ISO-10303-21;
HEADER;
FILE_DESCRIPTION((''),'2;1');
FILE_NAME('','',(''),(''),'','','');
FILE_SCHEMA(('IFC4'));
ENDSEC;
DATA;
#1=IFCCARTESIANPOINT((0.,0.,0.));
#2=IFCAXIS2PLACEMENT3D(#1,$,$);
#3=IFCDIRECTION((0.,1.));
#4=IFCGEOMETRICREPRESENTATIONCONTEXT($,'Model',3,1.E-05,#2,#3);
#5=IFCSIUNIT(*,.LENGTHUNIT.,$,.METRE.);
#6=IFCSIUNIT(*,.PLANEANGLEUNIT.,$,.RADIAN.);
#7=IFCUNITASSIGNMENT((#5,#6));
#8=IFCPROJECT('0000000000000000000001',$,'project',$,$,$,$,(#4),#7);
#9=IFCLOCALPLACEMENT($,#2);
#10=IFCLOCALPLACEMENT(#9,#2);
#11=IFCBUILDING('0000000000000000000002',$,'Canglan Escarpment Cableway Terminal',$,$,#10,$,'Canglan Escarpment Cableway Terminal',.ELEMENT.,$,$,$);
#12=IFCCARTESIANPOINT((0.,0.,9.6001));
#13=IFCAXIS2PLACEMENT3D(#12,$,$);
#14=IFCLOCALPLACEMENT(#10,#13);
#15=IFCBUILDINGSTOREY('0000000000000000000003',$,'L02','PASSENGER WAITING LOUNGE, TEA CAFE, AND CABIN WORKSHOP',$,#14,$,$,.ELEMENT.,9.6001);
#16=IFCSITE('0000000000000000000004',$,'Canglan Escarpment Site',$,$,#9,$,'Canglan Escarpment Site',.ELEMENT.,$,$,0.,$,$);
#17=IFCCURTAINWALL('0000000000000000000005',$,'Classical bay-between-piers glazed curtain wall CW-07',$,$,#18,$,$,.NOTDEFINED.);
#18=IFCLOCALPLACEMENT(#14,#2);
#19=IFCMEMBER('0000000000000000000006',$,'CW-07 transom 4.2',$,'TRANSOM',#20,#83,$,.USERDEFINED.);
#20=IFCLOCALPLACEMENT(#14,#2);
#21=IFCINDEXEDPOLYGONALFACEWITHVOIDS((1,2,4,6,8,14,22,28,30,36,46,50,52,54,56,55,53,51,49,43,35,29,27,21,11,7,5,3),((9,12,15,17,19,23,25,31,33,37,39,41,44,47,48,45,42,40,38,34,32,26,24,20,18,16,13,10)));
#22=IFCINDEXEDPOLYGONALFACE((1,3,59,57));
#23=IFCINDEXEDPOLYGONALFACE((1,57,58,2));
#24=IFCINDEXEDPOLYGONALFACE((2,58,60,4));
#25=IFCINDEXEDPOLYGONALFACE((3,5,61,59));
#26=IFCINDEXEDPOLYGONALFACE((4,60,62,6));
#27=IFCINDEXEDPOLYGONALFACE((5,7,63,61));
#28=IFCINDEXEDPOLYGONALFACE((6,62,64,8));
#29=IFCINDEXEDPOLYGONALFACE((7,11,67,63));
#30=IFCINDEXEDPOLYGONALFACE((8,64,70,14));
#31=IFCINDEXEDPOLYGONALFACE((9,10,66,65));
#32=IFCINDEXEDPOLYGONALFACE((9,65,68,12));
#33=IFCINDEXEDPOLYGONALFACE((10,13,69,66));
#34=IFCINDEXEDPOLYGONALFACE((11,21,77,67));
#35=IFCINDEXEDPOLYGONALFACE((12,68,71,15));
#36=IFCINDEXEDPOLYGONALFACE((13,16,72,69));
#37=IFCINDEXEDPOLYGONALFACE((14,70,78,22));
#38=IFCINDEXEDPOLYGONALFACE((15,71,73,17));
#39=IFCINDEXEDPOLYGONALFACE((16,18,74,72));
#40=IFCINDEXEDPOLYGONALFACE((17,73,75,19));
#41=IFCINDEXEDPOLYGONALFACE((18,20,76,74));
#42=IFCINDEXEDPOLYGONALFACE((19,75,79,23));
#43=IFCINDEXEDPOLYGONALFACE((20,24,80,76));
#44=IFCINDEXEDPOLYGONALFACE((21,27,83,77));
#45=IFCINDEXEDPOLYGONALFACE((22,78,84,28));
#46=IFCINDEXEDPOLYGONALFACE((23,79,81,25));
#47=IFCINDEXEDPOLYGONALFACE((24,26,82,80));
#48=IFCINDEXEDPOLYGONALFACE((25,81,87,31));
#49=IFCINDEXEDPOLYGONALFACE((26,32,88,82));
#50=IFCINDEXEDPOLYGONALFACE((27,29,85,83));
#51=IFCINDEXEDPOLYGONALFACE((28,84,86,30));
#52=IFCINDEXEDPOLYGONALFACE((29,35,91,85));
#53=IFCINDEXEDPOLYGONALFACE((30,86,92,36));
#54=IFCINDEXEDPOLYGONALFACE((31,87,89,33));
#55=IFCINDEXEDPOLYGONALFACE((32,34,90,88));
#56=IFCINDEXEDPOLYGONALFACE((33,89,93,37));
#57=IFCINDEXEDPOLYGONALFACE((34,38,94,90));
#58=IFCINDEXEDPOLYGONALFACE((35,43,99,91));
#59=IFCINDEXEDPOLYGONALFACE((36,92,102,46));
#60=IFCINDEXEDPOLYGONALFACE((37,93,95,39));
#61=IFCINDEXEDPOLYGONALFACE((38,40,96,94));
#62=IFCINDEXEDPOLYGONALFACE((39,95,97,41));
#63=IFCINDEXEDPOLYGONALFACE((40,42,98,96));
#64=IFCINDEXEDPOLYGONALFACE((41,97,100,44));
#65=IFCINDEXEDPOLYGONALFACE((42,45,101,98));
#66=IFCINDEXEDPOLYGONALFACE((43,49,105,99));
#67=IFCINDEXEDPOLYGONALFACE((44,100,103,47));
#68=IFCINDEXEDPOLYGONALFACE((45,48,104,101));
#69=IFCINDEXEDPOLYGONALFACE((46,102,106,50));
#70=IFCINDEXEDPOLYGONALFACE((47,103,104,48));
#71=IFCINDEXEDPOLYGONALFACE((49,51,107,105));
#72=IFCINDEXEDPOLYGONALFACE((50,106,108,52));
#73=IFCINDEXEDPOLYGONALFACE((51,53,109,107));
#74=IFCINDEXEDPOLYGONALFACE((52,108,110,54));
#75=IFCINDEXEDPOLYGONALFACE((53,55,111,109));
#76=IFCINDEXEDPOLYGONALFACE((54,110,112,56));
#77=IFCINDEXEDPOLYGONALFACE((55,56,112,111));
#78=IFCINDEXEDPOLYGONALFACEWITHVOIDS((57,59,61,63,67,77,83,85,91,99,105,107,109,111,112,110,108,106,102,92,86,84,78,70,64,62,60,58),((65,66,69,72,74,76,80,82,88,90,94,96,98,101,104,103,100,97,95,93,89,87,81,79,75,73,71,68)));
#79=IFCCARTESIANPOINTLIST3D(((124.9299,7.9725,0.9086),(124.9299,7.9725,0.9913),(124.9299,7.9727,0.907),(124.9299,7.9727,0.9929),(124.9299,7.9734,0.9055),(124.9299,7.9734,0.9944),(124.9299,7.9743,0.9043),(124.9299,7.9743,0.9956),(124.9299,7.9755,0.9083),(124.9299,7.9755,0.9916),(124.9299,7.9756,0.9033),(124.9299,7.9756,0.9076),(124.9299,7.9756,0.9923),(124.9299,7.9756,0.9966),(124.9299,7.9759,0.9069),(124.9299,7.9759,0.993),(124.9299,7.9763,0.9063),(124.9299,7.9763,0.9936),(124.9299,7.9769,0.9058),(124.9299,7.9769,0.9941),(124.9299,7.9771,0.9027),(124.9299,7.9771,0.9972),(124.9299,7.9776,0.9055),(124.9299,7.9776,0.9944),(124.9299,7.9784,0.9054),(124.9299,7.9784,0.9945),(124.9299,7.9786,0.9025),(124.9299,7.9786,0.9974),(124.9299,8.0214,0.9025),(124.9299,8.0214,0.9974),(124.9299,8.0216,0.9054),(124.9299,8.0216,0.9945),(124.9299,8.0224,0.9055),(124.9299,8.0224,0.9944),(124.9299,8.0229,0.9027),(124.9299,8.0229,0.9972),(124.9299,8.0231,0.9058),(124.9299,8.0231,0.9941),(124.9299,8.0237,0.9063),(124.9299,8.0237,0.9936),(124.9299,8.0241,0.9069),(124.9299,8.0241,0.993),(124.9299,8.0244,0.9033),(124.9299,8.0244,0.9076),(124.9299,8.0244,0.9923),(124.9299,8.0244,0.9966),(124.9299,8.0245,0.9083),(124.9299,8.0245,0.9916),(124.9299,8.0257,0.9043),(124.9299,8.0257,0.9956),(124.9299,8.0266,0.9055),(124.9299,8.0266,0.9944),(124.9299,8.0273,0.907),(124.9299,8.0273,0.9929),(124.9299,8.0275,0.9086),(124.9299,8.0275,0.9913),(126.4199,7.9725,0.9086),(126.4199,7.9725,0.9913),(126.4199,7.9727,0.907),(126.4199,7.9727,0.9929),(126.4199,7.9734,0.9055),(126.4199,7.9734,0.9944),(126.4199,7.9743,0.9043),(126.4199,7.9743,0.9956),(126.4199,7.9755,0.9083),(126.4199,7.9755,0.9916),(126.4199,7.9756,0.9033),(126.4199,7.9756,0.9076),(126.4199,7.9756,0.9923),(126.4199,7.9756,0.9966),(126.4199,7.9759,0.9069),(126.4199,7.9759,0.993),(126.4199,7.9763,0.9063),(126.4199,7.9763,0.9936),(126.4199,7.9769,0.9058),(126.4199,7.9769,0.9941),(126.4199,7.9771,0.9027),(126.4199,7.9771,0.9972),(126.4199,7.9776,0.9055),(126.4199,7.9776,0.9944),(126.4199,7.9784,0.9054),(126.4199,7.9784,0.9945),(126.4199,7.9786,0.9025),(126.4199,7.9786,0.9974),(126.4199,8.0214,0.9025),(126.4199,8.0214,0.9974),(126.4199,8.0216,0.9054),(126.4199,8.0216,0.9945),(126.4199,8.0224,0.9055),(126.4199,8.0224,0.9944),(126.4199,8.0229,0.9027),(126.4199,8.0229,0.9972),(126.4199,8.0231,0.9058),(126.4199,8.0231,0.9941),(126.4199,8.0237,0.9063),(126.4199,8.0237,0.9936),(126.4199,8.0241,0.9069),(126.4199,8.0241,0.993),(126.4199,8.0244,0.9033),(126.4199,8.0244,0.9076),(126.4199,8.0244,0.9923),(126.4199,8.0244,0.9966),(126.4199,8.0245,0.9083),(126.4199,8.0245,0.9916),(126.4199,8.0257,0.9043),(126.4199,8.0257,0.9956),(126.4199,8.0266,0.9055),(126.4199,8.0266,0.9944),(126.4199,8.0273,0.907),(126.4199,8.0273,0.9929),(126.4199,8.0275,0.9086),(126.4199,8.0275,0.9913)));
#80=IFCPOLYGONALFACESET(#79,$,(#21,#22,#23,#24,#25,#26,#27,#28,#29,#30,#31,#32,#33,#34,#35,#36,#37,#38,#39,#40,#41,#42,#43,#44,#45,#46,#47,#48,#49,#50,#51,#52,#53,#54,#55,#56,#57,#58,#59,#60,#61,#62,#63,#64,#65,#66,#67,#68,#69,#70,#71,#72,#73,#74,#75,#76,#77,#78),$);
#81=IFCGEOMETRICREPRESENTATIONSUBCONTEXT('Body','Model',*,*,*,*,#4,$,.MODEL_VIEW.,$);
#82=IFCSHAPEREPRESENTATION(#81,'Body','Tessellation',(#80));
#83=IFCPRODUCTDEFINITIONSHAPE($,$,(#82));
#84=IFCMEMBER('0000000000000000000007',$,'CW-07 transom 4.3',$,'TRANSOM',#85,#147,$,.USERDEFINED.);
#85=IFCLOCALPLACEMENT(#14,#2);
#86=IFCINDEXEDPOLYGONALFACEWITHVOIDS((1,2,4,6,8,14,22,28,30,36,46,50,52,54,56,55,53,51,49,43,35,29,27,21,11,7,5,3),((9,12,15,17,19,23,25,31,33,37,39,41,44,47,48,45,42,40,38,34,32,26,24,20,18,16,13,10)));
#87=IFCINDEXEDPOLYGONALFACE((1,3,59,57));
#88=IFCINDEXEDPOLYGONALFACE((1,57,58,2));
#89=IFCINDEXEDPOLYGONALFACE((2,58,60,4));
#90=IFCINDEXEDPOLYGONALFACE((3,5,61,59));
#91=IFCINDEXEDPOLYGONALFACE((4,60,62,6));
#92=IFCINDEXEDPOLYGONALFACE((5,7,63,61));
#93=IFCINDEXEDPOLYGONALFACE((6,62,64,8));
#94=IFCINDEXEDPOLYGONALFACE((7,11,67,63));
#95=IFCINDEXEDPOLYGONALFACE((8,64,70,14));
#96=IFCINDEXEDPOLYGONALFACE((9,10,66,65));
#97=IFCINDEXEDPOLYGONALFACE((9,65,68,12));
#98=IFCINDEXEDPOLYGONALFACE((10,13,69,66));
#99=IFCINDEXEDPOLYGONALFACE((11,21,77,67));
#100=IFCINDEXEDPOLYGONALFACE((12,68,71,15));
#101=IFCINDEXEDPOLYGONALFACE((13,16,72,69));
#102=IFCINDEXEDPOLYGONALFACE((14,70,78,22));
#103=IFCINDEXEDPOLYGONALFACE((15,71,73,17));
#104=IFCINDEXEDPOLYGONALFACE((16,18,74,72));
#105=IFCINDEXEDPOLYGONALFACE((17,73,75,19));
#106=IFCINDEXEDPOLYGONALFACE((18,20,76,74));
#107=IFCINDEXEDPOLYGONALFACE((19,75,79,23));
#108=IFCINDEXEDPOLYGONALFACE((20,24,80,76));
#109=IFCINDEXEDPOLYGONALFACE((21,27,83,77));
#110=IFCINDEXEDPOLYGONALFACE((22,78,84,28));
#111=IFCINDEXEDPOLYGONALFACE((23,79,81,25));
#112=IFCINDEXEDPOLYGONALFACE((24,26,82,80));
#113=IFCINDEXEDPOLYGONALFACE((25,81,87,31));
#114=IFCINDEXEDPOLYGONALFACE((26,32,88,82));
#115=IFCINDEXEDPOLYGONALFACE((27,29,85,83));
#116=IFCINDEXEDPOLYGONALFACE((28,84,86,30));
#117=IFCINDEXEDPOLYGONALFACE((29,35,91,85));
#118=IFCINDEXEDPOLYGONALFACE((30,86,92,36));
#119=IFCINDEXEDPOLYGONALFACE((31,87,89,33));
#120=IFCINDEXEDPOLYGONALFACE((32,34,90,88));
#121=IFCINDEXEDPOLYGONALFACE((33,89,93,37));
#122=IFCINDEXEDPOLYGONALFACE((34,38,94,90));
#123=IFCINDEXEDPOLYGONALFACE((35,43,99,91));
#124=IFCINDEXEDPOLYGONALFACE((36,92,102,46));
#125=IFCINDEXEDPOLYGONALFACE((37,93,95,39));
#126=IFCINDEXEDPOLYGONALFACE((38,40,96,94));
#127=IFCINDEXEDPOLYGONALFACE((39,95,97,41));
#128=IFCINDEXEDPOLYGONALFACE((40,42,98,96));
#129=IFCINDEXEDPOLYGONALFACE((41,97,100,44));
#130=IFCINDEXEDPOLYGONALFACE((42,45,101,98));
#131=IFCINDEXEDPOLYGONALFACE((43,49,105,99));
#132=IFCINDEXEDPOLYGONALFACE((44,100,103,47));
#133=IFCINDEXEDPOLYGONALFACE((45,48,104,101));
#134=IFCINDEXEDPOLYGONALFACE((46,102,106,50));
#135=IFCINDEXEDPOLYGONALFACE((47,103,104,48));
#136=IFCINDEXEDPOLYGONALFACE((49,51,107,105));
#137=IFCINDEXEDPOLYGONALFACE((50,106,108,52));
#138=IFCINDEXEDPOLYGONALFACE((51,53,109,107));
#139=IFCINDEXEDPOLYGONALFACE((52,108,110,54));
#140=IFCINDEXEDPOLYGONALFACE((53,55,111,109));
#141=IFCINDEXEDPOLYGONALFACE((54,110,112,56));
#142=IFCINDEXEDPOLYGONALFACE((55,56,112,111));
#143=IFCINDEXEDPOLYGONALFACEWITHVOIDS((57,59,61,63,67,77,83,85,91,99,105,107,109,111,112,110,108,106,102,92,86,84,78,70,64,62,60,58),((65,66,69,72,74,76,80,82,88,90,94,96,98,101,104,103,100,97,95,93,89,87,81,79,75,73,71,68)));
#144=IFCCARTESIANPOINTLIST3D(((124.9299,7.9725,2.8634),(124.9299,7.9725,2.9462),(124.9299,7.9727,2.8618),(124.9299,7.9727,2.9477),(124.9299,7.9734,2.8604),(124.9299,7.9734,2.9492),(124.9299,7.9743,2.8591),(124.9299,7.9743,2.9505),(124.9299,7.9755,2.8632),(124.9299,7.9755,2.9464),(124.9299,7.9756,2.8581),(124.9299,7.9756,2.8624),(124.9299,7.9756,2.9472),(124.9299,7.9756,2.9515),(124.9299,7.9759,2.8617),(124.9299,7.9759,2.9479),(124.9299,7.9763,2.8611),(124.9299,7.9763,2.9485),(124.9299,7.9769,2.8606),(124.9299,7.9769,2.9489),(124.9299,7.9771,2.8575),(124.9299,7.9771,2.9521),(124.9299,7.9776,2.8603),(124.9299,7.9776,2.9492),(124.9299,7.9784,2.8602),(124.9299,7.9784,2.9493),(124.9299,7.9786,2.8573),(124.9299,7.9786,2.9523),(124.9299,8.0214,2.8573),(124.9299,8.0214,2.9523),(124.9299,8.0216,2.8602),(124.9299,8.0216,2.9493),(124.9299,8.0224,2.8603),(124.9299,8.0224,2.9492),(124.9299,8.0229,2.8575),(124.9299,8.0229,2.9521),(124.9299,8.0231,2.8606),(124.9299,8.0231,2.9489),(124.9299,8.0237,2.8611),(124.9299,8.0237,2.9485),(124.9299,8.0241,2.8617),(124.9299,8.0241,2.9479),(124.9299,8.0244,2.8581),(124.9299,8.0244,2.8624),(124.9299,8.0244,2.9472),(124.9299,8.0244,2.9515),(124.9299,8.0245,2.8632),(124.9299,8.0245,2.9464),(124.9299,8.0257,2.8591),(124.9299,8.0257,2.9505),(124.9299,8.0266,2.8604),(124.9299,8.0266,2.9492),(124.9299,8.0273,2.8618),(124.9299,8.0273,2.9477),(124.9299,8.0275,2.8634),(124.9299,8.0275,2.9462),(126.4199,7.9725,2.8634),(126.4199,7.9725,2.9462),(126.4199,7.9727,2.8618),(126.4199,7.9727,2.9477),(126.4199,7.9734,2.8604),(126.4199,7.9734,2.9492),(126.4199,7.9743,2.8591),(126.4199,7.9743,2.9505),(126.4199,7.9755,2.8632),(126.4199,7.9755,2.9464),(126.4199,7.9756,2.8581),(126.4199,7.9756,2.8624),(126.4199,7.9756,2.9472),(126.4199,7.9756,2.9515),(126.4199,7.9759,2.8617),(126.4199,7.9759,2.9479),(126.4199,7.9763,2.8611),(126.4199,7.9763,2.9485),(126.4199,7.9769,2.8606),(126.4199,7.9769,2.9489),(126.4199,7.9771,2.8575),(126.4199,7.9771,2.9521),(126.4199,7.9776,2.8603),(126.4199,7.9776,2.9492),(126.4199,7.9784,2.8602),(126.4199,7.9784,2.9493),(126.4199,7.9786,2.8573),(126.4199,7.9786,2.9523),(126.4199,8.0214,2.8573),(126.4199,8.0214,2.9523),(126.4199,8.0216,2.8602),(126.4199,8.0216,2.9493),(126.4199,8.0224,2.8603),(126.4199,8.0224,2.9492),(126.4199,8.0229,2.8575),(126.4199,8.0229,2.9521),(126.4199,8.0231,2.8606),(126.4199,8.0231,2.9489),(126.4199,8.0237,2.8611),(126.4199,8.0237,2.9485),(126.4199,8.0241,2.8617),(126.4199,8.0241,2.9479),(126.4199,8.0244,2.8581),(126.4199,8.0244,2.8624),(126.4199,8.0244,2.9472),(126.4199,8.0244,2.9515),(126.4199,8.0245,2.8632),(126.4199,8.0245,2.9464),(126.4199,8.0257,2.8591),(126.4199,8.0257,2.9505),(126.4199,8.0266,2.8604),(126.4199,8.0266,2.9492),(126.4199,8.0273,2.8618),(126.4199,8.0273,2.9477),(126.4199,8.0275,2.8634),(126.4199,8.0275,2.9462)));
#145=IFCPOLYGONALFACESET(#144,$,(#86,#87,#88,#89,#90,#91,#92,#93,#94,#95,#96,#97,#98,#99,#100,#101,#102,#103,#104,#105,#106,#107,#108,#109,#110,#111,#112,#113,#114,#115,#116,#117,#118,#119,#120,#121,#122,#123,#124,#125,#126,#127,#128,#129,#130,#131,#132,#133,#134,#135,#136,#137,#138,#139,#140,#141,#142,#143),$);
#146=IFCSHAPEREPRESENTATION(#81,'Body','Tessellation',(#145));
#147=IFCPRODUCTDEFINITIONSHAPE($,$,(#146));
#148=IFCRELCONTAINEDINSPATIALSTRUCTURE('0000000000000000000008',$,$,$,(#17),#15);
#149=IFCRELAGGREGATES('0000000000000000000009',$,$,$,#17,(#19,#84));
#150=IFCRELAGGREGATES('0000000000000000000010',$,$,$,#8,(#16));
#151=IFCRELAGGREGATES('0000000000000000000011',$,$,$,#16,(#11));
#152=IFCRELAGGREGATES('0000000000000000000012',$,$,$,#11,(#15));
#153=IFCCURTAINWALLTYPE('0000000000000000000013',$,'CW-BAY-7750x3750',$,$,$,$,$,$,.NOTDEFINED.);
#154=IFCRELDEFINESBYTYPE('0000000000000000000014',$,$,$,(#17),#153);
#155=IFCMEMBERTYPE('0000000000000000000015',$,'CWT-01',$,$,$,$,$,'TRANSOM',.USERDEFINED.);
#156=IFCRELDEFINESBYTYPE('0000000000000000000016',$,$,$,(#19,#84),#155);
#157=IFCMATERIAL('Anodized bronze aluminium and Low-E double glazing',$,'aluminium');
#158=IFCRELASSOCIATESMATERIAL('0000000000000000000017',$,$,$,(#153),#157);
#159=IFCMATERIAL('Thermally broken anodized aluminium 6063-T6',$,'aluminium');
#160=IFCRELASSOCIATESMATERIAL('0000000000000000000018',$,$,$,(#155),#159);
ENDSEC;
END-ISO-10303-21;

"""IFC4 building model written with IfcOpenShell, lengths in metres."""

from ifc_helpers import new_model, si_unit, direction, frame, origin, origin_2d, place, context, subcontext, project, spatial, hollow_rectangle, extrude, material, material_profile, profile_set, type_object, element, aggregate, save


model = new_model("IFC4")

# Units and contexts
model_context = context("Model", 3, precision=1e-05, world=origin(), true_north=direction((0.0, 1.0)))
body_context = subcontext(model_context, "Body", "Model", "MODEL_VIEW")
ifc_project = project(units=[si_unit("LENGTHUNIT", "METRE"), si_unit("PLANEANGLEUNIT", "RADIAN")], contexts=[model_context])

# Site, building, storey
site_placement = place(None, origin())
site = spatial("IfcSite", under=ifc_project, at=site_placement, Name="Canglan Escarpment Site", LongName="Canglan Escarpment Site", CompositionType="ELEMENT", RefElevation=0.0)
building_placement = place(site_placement, origin())
building = spatial("IfcBuilding", under=site, at=building_placement, Name="Canglan Escarpment Cableway Terminal", LongName="Canglan Escarpment Cableway Terminal", CompositionType="ELEMENT")
storey_placement = place(building_placement, frame((0.0, 0.0, 9.6001)))
storey = spatial("IfcBuildingStorey", under=building, at=storey_placement, Name="L02", Description="PASSENGER WAITING LOUNGE, TEA CAFE, AND CABIN WORKSHOP", CompositionType="ELEMENT", Elevation=9.6001)

# Curtain wall, members
ifc_material_1 = material(Name="Anodized bronze aluminium and Low-E double glazing", Category="aluminium")
curtain_wall_type = type_object("IfcCurtainWallType", Name="CW-BAY-7750x3750", PredefinedType="NOTDEFINED", material=ifc_material_1)
curtain_wall_placement = place(storey_placement, origin())
curtain_wall = element("IfcCurtainWall", 1, at=curtain_wall_placement, inside=storey, type_object=curtain_wall_type, Name="Classical bay-between-piers glazed curtain wall CW-07", PredefinedType="NOTDEFINED")
ifc_material_2 = material(Name="Thermally broken anodized aluminium 6063-T6", Category="aluminium")
ifc_material_profile_1 = material_profile(ifc_material_2, hollow_rectangle(XDim=0.0549, YDim=0.095, WallThickness=0.0029, InnerFilletRadius=0.0029, OuterFilletRadius=0.0061, at=origin_2d()), Name="ALU-TRAN 55x95x3")
ifc_profile_set_1 = profile_set([ifc_material_profile_1], Name="Thermally broken anodized aluminium 6063-T6")
member_type_1 = type_object("IfcMemberType", Name="CWT-01", ElementType="TRANSOM", PredefinedType="USERDEFINED", material=ifc_profile_set_1)
member_1_placement = place(storey_placement, frame((124.9299, 8.0, 0.95), z_axis=(1.0, 0.0, 0.0), x_axis=(0.0, 1.0, 0.0)))
member_1 = element("IfcMember", 2, at=member_1_placement, type_object=member_type_1, Name="CW-07 transom 4.2", ObjectType="TRANSOM", PredefinedType="USERDEFINED", context=body_context, shape_type="SweptSolid", body=[
    extrude(hollow_rectangle(XDim=0.0549, YDim=0.095, WallThickness=0.0029, InnerFilletRadius=0.0029, OuterFilletRadius=0.0061, at=origin_2d()), origin(), (0.0, 0.0, 1.0), 1.49),
])
member_2_placement = place(storey_placement, frame((124.9299, 8.0, 2.9048), z_axis=(1.0, 0.0, 0.0), x_axis=(0.0, 1.0, 0.0)))
member_2 = element("IfcMember", 3, at=member_2_placement, type_object=member_type_1, Name="CW-07 transom 4.3", ObjectType="TRANSOM", PredefinedType="USERDEFINED", context=body_context, shape_type="SweptSolid", body=[
    extrude(hollow_rectangle(XDim=0.0549, YDim=0.095, WallThickness=0.0029, InnerFilletRadius=0.0029, OuterFilletRadius=0.0061, at=origin_2d()), origin(), (0.0, 0.0, 1.0), 1.49),
])

aggregate(curtain_wall, [member_1, member_2])

save(model, "model.ifc")
